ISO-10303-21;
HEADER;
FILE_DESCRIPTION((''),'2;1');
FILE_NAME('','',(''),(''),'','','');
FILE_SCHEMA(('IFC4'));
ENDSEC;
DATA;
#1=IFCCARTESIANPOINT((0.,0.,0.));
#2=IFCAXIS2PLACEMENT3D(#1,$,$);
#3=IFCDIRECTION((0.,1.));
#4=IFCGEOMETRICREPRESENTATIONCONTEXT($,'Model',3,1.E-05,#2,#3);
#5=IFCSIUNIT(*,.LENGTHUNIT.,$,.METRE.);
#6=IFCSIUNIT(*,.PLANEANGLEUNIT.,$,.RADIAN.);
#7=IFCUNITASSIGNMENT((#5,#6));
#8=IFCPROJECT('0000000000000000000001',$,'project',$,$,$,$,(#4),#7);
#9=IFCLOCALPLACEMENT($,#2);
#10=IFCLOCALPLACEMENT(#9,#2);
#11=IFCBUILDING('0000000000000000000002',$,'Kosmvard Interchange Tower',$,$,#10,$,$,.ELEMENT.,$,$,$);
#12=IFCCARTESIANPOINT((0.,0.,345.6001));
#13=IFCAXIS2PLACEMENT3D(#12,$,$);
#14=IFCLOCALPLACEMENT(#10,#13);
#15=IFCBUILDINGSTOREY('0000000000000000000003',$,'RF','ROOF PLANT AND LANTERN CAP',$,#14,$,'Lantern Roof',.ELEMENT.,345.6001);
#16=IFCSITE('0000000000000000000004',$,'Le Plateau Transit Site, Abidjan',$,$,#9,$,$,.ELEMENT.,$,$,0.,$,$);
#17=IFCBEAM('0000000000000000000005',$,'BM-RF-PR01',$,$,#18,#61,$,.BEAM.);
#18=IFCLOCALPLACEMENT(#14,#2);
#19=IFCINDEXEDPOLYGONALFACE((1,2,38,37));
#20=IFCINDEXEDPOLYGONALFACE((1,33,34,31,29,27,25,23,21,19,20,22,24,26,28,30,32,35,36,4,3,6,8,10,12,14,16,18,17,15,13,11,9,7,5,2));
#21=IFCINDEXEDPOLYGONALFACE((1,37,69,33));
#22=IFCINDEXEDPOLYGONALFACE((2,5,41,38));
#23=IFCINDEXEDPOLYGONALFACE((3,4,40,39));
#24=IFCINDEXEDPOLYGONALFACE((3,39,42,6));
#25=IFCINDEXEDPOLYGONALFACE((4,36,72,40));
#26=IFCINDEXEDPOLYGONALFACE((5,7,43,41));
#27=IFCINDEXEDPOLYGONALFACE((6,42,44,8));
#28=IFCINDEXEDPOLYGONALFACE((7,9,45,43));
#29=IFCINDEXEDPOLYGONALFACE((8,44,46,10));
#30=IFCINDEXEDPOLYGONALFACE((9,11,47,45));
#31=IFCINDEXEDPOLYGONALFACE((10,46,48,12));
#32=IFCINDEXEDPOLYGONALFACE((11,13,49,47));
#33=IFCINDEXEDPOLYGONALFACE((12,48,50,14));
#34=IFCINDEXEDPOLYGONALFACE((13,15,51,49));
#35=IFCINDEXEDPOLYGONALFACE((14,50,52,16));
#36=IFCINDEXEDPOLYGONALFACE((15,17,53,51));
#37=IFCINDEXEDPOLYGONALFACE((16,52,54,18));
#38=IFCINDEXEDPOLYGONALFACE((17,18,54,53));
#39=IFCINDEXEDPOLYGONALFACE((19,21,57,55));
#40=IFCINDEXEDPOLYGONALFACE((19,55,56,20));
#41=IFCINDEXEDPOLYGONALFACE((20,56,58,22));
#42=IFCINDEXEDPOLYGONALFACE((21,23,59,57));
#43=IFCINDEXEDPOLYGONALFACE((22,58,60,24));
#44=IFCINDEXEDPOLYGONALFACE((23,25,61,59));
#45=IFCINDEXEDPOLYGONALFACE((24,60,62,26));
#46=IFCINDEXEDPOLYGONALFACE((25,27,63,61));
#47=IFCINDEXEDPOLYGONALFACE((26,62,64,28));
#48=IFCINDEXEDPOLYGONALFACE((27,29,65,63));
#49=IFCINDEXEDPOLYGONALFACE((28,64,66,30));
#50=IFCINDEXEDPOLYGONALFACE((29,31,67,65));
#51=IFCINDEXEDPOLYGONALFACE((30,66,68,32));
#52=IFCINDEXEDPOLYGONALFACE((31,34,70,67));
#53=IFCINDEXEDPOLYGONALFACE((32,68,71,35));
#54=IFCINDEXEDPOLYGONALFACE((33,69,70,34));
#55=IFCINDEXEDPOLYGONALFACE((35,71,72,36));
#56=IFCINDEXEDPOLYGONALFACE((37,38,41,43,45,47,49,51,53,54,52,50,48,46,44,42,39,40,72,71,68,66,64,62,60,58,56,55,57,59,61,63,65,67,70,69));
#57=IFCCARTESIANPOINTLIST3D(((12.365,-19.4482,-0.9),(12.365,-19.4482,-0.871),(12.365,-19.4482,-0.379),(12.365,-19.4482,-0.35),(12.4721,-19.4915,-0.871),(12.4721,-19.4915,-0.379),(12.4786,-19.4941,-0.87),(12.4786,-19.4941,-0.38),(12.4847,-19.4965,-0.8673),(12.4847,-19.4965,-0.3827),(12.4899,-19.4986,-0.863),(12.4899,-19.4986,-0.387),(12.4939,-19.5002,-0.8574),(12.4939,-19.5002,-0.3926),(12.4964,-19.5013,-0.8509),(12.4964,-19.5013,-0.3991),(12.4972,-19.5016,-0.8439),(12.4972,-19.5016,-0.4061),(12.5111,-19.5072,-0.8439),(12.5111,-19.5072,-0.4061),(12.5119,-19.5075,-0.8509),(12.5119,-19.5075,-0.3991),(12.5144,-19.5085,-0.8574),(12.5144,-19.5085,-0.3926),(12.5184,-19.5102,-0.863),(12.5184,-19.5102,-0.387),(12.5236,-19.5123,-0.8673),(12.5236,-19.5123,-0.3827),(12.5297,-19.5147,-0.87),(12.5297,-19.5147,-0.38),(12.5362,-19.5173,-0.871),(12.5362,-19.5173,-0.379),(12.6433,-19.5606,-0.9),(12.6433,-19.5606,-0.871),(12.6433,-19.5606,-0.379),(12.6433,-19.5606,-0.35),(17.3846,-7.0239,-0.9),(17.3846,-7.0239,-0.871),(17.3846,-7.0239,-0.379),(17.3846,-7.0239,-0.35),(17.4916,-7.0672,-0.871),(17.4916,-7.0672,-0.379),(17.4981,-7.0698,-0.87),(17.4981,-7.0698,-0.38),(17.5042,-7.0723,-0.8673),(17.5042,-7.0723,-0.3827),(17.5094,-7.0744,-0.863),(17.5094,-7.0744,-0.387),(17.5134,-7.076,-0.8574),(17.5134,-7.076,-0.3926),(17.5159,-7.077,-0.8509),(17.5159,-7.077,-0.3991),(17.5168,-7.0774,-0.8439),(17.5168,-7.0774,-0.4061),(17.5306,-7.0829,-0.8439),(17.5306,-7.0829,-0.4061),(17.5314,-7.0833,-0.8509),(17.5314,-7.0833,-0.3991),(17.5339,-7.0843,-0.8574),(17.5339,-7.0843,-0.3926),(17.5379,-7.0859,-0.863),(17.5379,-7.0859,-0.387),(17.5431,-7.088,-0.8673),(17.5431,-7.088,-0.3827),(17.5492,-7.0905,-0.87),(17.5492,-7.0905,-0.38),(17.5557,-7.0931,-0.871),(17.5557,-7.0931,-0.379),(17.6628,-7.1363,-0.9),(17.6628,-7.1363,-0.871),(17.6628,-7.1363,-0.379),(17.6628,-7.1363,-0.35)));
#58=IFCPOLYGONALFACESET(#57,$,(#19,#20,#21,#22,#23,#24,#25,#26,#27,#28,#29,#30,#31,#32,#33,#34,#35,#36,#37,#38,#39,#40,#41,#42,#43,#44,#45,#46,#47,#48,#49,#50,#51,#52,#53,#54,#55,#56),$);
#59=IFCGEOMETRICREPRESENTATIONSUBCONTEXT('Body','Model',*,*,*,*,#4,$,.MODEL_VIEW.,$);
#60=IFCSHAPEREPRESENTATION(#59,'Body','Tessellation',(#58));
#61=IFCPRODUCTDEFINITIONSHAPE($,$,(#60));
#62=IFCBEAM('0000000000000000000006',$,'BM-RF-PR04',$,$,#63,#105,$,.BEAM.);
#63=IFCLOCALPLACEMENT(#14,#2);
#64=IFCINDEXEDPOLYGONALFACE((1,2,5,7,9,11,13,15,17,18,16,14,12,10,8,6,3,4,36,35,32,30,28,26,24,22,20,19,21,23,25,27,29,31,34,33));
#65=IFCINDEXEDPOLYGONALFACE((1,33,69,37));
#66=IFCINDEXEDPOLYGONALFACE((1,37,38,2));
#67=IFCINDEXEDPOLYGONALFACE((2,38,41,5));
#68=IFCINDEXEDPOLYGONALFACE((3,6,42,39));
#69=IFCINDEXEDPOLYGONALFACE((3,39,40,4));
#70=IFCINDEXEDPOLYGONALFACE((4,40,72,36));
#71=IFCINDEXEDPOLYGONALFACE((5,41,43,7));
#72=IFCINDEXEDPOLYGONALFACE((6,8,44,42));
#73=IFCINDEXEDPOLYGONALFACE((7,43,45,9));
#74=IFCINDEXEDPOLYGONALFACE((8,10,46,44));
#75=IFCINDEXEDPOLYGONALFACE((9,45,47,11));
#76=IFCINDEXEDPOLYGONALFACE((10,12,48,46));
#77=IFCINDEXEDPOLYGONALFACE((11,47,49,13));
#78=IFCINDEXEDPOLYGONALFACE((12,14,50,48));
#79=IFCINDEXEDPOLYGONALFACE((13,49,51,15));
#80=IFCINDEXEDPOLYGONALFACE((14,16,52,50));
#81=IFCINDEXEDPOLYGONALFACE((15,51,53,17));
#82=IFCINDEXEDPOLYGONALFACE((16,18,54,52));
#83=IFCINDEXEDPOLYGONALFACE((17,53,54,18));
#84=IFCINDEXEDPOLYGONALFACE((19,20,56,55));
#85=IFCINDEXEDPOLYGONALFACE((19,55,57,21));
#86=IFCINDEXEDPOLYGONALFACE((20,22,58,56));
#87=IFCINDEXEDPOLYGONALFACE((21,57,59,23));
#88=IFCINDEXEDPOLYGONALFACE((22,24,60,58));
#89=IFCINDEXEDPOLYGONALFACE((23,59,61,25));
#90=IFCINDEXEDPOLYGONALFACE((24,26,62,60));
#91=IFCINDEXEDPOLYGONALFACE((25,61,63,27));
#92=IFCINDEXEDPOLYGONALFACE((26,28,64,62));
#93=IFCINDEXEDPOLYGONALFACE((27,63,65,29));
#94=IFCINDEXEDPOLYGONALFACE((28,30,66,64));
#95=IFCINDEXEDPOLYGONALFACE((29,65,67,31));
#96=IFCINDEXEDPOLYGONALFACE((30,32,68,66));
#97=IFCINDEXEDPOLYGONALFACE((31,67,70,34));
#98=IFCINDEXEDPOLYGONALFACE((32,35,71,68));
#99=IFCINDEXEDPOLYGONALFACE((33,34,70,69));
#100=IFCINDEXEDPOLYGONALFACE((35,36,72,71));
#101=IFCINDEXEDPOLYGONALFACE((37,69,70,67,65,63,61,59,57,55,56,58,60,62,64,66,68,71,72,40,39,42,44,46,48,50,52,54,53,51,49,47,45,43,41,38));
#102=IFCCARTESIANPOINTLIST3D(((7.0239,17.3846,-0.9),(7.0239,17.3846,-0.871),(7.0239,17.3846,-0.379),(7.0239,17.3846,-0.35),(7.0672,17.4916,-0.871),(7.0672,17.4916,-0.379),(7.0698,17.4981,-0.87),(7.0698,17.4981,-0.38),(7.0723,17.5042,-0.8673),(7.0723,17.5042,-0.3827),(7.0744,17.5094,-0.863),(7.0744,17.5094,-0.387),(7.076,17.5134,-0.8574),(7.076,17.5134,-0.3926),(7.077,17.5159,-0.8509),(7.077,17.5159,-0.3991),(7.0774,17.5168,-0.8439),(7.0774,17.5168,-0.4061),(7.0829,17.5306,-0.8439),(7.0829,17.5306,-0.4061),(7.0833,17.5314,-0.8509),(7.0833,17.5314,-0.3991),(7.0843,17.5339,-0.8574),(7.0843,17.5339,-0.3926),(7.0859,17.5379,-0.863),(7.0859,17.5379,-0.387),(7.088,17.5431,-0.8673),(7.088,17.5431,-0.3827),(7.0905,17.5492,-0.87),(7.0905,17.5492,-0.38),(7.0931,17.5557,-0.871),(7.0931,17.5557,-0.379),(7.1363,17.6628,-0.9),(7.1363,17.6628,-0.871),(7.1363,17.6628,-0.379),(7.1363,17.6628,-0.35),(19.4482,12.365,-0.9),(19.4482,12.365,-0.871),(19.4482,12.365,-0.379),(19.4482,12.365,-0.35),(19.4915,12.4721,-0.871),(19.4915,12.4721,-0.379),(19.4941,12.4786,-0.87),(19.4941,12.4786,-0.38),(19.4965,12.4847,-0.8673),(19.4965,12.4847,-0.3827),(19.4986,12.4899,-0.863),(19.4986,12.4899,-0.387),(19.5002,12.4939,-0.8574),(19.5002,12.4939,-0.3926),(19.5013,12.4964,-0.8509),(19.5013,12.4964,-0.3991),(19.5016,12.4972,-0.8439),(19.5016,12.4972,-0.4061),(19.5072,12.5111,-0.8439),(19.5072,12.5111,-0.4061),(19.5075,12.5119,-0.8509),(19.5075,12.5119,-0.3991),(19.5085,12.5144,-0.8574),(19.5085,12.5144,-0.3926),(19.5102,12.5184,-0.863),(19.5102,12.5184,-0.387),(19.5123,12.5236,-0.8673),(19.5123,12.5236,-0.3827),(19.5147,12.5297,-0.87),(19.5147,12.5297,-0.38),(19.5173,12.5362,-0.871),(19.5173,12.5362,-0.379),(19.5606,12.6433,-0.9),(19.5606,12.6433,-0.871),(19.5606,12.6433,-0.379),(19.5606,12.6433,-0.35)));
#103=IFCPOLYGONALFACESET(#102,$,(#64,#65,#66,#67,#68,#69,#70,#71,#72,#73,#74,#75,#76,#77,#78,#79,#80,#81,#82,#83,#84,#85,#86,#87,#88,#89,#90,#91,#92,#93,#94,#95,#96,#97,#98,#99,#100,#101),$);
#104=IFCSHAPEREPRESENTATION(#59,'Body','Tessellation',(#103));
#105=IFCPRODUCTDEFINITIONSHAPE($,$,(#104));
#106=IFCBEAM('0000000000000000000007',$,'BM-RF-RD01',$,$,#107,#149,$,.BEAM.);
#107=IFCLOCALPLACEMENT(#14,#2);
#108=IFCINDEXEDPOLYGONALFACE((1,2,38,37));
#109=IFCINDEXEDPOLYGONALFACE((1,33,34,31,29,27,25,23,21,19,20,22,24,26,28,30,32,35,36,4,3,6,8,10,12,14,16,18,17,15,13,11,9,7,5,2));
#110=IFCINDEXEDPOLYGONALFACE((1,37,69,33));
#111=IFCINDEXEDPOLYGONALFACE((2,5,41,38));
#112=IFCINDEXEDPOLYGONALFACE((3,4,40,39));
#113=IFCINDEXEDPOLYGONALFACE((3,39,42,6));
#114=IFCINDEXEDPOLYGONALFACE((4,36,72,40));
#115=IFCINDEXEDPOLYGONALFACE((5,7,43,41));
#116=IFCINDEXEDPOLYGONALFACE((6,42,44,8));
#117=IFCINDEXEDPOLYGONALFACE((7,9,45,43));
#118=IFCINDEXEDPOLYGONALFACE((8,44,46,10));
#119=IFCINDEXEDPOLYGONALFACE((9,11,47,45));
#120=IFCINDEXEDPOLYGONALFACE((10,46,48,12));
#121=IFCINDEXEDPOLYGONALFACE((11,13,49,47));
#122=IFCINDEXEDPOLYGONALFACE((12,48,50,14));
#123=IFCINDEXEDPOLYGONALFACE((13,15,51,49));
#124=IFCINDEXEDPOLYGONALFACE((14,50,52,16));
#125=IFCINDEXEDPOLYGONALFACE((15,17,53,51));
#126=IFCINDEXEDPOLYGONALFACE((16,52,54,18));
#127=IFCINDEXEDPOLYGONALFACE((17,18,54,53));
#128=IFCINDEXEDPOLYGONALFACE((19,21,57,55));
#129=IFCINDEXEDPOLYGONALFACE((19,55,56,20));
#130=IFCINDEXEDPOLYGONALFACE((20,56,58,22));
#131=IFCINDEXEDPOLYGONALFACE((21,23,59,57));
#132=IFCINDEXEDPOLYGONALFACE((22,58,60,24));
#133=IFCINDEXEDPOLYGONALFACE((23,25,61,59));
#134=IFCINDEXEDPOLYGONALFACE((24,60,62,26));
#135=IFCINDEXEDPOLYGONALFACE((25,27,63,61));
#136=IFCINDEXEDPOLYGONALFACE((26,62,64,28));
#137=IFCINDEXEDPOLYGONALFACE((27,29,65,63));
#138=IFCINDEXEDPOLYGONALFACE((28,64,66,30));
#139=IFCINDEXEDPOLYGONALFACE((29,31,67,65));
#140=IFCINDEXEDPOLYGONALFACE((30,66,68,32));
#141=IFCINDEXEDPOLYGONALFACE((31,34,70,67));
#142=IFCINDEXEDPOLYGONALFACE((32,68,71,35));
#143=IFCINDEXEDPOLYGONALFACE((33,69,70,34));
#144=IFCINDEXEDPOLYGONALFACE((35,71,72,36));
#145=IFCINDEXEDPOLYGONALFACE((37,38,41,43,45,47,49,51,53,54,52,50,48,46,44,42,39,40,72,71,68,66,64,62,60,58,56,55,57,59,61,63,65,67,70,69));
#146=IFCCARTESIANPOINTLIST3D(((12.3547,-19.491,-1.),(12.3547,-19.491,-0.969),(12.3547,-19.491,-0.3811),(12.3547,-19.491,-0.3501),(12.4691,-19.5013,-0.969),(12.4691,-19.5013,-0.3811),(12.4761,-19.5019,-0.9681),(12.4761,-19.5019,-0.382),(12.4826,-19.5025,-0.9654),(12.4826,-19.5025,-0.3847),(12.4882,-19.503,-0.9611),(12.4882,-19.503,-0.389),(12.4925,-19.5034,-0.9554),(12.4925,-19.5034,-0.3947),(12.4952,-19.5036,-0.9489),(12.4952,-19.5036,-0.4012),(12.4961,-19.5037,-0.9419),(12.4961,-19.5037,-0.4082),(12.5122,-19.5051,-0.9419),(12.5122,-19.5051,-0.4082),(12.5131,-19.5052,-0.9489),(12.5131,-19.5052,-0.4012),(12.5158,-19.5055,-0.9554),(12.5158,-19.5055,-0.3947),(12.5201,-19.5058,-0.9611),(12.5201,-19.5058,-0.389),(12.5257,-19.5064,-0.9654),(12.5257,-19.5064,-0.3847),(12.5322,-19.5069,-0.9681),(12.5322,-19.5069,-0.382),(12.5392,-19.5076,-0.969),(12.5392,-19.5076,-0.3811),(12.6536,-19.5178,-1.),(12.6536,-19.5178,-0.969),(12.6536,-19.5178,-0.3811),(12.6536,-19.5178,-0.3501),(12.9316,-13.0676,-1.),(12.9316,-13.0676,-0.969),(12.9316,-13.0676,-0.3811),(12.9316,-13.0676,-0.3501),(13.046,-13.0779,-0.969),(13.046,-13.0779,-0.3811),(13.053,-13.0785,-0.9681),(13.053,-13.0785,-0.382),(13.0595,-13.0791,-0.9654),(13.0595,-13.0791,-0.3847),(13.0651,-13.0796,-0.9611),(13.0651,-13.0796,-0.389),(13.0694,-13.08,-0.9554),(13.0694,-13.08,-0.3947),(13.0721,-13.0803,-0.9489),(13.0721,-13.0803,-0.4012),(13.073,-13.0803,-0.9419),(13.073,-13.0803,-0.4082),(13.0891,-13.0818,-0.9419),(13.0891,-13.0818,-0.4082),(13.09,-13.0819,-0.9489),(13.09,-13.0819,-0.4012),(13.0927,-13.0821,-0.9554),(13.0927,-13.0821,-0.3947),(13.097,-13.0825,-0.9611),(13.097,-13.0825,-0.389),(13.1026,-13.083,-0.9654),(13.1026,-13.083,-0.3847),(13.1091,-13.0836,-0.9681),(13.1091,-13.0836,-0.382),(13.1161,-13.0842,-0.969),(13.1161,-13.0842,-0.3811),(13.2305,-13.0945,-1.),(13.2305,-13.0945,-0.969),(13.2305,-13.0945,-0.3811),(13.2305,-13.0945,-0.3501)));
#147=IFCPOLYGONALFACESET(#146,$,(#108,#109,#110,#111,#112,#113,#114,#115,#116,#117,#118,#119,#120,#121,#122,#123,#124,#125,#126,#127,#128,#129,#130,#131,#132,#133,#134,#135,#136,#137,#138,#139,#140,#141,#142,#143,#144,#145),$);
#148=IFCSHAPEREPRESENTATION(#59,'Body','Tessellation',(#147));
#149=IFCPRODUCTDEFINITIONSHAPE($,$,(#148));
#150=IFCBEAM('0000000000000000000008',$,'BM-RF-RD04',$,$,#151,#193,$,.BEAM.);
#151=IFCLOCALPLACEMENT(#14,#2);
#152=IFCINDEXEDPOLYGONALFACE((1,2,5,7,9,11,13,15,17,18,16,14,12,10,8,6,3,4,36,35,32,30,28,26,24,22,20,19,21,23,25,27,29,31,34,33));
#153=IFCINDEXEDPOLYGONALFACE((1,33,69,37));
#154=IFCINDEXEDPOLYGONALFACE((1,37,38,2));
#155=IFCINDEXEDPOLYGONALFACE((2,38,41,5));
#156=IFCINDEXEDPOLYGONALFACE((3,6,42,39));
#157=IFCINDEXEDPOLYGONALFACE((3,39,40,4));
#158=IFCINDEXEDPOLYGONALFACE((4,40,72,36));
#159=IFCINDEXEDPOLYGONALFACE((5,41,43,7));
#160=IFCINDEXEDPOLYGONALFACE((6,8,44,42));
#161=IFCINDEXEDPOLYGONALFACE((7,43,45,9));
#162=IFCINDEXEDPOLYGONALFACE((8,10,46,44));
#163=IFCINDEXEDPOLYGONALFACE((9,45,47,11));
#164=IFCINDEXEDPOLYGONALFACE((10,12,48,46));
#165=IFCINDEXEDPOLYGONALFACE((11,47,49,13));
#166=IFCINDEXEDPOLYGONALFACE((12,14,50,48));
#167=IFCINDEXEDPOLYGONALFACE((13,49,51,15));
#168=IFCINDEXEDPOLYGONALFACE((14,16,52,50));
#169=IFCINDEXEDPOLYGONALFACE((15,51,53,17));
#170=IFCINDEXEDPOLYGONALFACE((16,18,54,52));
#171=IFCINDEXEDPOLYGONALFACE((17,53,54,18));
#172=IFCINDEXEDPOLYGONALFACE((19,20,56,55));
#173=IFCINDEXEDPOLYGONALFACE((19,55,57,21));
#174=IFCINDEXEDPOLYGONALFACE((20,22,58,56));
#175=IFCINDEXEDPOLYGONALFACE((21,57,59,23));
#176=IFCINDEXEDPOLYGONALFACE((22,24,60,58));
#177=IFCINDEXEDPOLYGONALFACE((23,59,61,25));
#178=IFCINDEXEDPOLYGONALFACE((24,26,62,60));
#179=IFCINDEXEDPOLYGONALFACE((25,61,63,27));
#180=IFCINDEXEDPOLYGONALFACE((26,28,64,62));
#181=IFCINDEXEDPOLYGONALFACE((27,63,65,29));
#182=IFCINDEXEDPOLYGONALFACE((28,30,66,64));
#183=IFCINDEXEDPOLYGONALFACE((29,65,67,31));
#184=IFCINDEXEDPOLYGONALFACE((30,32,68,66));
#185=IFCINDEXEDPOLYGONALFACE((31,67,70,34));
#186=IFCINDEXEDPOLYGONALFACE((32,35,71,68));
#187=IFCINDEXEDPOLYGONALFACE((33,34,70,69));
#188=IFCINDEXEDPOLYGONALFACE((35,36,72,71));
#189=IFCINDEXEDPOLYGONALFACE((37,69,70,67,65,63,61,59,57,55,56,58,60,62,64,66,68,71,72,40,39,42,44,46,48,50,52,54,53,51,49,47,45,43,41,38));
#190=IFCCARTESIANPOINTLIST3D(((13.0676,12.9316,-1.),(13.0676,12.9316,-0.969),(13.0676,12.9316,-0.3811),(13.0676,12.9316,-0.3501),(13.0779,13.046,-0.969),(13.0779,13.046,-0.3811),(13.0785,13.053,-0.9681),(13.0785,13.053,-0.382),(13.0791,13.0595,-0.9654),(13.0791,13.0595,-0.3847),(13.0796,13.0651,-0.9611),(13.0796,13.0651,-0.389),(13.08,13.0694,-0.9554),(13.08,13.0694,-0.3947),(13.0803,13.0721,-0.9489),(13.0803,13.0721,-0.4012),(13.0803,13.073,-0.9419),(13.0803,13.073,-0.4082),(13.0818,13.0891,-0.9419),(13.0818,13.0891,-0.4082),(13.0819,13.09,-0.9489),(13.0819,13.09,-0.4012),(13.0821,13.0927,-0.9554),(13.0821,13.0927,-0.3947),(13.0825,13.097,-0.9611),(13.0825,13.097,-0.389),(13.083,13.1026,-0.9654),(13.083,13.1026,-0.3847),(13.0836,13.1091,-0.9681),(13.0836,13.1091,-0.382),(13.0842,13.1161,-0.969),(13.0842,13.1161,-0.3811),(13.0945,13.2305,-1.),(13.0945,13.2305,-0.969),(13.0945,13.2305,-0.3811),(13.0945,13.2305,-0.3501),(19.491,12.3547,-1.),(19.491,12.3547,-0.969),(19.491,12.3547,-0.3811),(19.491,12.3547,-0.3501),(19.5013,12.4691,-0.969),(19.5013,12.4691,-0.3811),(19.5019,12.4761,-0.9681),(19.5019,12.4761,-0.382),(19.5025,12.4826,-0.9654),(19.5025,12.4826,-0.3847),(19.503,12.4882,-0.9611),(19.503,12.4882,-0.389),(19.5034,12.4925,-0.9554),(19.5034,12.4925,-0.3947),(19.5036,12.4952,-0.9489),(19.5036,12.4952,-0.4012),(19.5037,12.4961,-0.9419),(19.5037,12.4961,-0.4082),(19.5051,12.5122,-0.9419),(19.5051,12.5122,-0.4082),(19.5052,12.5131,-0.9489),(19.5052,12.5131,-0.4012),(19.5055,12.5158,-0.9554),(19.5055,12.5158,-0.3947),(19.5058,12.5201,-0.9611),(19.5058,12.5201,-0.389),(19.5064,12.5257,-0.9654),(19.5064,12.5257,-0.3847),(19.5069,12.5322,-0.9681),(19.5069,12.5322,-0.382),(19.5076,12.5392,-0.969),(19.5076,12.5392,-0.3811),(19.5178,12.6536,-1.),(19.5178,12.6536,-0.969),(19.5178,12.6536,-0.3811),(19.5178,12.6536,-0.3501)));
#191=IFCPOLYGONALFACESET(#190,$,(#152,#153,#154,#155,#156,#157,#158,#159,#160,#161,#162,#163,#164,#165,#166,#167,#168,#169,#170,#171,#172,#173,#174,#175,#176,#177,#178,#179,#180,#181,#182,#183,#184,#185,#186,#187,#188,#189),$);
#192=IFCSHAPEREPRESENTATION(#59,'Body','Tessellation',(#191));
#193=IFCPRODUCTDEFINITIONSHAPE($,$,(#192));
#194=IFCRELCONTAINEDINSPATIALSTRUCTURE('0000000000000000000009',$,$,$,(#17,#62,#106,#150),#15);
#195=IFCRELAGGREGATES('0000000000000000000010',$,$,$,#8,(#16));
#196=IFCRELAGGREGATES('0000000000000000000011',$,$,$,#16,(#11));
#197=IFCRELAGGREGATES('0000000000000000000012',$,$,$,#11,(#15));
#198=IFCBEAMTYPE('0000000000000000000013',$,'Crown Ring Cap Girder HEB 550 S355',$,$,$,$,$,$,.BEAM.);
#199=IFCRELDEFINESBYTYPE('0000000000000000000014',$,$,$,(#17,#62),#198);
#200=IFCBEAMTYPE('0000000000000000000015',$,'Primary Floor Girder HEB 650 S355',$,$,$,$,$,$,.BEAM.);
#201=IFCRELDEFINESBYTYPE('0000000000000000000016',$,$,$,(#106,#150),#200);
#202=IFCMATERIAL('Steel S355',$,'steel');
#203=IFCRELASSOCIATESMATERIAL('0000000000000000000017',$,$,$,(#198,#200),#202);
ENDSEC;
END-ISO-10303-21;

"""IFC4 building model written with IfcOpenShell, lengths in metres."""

from ifc_helpers import new_model, si_unit, direction, frame, origin, origin_2d, place, context, subcontext, project, spatial, i_section, extrude, source, transform, mapped, material, material_profile, profile_set, type_object, element, save


model = new_model("IFC4")

# Units and contexts
model_context = context("Model", 3, precision=1e-05, world=origin(), true_north=direction((0.0, 1.0)))
body_context = subcontext(model_context, "Body", "Model", "MODEL_VIEW")
ifc_project = project(units=[si_unit("LENGTHUNIT", "METRE"), si_unit("PLANEANGLEUNIT", "RADIAN")], contexts=[model_context])

# Site, building, storey
site_placement = place(None, origin())
site = spatial("IfcSite", under=ifc_project, at=site_placement, Name="Le Plateau Transit Site, Abidjan", CompositionType="ELEMENT", RefElevation=0.0)
building_placement = place(site_placement, origin())
building = spatial("IfcBuilding", under=site, at=building_placement, Name="Kosmvard Interchange Tower", CompositionType="ELEMENT")
storey_placement = place(building_placement, frame((0.0, 0.0, 345.6001)))
storey = spatial("IfcBuildingStorey", under=building, at=storey_placement, Name="RF", Description="ROOF PLANT AND LANTERN CAP", LongName="Lantern Roof", CompositionType="ELEMENT", Elevation=345.6001)

# Beams
ifc_material_1 = material(Name="Steel S355", Category="steel")
ifc_material_profile_1 = material_profile(ifc_material_1, i_section(OverallWidth=0.3, OverallDepth=0.55, WebThickness=0.0149, FlangeThickness=0.0291, FilletRadius=0.0271, at=origin_2d()), Name="HEB 550")
ifc_profile_set_1 = profile_set([ifc_material_profile_1], Name="Steel S355")
beam_type_1 = type_object("IfcBeamType", Name="Crown Ring Cap Girder HEB 550 S355", PredefinedType="BEAM", material=ifc_profile_set_1)
shared_shape_1 = source(origin(), body_context, "Body", "SweptSolid", [
    extrude(i_section(OverallWidth=0.3, OverallDepth=0.55, WebThickness=0.0149, FlangeThickness=0.0291, FilletRadius=0.0271, at=origin_2d()), origin(), (0.0, 0.0, 1.0), 13.3999),
])
for number, where, z_axis, x_axis, name in (
    (1, (12.5042, -19.5044, -0.625), (0.374593, 0.92719, 0.0), (-0.92719, 0.374593, 0.0), "BM-RF-PR01"),
    (2, (19.5044, 12.5042, -0.625), (-0.92719, 0.374593, 0.0), (-0.374593, -0.92719, 0.0), "BM-RF-PR04"),
):
    element("IfcBeam", number, at=place(storey_placement, frame(where, z_axis=z_axis, x_axis=x_axis)), inside=storey, type_object=beam_type_1, Name=name, PredefinedType="BEAM", context=body_context, shape_type="MappedRepresentation", body=[
        mapped(shared_shape_1, transform((0.0, 0.0, 0.0), scale=1.0)),
    ])
ifc_material_profile_2 = material_profile(ifc_material_1, i_section(OverallWidth=0.3, OverallDepth=0.6499, WebThickness=0.0161, FlangeThickness=0.031, FilletRadius=0.0271, at=origin_2d()), Name="HEB 650")
ifc_profile_set_2 = profile_set([ifc_material_profile_2], Name="Steel S355")
beam_type_2 = type_object("IfcBeamType", Name="Primary Floor Girder HEB 650 S355", PredefinedType="BEAM", material=ifc_profile_set_2)
shared_shape_2 = source(origin(), body_context, "Body", "SweptSolid", [
    extrude(i_section(OverallWidth=0.3, OverallDepth=0.6499, WebThickness=0.0161, FlangeThickness=0.031, FilletRadius=0.0271, at=origin_2d()), origin(), (0.0, 0.0, 1.0), 6.4492),
])
for number, where, z_axis, x_axis, name in (
    (3, (13.0811, -13.0811, -0.675), (-0.089454, -0.995991, 0.0), (0.995991, -0.089454, 0.0), "BM-RF-RD01"),
    (4, (13.0811, 13.0811, -0.675), (0.995991, -0.089454, 0.0), (0.089454, 0.995991, 0.0), "BM-RF-RD04"),
):
    element("IfcBeam", number, at=place(storey_placement, frame(where, z_axis=z_axis, x_axis=x_axis)), inside=storey, type_object=beam_type_2, Name=name, PredefinedType="BEAM", context=body_context, shape_type="MappedRepresentation", body=[
        mapped(shared_shape_2, transform((0.0, 0.0, 0.0), scale=1.0)),
    ])

save(model, "model.ifc")
